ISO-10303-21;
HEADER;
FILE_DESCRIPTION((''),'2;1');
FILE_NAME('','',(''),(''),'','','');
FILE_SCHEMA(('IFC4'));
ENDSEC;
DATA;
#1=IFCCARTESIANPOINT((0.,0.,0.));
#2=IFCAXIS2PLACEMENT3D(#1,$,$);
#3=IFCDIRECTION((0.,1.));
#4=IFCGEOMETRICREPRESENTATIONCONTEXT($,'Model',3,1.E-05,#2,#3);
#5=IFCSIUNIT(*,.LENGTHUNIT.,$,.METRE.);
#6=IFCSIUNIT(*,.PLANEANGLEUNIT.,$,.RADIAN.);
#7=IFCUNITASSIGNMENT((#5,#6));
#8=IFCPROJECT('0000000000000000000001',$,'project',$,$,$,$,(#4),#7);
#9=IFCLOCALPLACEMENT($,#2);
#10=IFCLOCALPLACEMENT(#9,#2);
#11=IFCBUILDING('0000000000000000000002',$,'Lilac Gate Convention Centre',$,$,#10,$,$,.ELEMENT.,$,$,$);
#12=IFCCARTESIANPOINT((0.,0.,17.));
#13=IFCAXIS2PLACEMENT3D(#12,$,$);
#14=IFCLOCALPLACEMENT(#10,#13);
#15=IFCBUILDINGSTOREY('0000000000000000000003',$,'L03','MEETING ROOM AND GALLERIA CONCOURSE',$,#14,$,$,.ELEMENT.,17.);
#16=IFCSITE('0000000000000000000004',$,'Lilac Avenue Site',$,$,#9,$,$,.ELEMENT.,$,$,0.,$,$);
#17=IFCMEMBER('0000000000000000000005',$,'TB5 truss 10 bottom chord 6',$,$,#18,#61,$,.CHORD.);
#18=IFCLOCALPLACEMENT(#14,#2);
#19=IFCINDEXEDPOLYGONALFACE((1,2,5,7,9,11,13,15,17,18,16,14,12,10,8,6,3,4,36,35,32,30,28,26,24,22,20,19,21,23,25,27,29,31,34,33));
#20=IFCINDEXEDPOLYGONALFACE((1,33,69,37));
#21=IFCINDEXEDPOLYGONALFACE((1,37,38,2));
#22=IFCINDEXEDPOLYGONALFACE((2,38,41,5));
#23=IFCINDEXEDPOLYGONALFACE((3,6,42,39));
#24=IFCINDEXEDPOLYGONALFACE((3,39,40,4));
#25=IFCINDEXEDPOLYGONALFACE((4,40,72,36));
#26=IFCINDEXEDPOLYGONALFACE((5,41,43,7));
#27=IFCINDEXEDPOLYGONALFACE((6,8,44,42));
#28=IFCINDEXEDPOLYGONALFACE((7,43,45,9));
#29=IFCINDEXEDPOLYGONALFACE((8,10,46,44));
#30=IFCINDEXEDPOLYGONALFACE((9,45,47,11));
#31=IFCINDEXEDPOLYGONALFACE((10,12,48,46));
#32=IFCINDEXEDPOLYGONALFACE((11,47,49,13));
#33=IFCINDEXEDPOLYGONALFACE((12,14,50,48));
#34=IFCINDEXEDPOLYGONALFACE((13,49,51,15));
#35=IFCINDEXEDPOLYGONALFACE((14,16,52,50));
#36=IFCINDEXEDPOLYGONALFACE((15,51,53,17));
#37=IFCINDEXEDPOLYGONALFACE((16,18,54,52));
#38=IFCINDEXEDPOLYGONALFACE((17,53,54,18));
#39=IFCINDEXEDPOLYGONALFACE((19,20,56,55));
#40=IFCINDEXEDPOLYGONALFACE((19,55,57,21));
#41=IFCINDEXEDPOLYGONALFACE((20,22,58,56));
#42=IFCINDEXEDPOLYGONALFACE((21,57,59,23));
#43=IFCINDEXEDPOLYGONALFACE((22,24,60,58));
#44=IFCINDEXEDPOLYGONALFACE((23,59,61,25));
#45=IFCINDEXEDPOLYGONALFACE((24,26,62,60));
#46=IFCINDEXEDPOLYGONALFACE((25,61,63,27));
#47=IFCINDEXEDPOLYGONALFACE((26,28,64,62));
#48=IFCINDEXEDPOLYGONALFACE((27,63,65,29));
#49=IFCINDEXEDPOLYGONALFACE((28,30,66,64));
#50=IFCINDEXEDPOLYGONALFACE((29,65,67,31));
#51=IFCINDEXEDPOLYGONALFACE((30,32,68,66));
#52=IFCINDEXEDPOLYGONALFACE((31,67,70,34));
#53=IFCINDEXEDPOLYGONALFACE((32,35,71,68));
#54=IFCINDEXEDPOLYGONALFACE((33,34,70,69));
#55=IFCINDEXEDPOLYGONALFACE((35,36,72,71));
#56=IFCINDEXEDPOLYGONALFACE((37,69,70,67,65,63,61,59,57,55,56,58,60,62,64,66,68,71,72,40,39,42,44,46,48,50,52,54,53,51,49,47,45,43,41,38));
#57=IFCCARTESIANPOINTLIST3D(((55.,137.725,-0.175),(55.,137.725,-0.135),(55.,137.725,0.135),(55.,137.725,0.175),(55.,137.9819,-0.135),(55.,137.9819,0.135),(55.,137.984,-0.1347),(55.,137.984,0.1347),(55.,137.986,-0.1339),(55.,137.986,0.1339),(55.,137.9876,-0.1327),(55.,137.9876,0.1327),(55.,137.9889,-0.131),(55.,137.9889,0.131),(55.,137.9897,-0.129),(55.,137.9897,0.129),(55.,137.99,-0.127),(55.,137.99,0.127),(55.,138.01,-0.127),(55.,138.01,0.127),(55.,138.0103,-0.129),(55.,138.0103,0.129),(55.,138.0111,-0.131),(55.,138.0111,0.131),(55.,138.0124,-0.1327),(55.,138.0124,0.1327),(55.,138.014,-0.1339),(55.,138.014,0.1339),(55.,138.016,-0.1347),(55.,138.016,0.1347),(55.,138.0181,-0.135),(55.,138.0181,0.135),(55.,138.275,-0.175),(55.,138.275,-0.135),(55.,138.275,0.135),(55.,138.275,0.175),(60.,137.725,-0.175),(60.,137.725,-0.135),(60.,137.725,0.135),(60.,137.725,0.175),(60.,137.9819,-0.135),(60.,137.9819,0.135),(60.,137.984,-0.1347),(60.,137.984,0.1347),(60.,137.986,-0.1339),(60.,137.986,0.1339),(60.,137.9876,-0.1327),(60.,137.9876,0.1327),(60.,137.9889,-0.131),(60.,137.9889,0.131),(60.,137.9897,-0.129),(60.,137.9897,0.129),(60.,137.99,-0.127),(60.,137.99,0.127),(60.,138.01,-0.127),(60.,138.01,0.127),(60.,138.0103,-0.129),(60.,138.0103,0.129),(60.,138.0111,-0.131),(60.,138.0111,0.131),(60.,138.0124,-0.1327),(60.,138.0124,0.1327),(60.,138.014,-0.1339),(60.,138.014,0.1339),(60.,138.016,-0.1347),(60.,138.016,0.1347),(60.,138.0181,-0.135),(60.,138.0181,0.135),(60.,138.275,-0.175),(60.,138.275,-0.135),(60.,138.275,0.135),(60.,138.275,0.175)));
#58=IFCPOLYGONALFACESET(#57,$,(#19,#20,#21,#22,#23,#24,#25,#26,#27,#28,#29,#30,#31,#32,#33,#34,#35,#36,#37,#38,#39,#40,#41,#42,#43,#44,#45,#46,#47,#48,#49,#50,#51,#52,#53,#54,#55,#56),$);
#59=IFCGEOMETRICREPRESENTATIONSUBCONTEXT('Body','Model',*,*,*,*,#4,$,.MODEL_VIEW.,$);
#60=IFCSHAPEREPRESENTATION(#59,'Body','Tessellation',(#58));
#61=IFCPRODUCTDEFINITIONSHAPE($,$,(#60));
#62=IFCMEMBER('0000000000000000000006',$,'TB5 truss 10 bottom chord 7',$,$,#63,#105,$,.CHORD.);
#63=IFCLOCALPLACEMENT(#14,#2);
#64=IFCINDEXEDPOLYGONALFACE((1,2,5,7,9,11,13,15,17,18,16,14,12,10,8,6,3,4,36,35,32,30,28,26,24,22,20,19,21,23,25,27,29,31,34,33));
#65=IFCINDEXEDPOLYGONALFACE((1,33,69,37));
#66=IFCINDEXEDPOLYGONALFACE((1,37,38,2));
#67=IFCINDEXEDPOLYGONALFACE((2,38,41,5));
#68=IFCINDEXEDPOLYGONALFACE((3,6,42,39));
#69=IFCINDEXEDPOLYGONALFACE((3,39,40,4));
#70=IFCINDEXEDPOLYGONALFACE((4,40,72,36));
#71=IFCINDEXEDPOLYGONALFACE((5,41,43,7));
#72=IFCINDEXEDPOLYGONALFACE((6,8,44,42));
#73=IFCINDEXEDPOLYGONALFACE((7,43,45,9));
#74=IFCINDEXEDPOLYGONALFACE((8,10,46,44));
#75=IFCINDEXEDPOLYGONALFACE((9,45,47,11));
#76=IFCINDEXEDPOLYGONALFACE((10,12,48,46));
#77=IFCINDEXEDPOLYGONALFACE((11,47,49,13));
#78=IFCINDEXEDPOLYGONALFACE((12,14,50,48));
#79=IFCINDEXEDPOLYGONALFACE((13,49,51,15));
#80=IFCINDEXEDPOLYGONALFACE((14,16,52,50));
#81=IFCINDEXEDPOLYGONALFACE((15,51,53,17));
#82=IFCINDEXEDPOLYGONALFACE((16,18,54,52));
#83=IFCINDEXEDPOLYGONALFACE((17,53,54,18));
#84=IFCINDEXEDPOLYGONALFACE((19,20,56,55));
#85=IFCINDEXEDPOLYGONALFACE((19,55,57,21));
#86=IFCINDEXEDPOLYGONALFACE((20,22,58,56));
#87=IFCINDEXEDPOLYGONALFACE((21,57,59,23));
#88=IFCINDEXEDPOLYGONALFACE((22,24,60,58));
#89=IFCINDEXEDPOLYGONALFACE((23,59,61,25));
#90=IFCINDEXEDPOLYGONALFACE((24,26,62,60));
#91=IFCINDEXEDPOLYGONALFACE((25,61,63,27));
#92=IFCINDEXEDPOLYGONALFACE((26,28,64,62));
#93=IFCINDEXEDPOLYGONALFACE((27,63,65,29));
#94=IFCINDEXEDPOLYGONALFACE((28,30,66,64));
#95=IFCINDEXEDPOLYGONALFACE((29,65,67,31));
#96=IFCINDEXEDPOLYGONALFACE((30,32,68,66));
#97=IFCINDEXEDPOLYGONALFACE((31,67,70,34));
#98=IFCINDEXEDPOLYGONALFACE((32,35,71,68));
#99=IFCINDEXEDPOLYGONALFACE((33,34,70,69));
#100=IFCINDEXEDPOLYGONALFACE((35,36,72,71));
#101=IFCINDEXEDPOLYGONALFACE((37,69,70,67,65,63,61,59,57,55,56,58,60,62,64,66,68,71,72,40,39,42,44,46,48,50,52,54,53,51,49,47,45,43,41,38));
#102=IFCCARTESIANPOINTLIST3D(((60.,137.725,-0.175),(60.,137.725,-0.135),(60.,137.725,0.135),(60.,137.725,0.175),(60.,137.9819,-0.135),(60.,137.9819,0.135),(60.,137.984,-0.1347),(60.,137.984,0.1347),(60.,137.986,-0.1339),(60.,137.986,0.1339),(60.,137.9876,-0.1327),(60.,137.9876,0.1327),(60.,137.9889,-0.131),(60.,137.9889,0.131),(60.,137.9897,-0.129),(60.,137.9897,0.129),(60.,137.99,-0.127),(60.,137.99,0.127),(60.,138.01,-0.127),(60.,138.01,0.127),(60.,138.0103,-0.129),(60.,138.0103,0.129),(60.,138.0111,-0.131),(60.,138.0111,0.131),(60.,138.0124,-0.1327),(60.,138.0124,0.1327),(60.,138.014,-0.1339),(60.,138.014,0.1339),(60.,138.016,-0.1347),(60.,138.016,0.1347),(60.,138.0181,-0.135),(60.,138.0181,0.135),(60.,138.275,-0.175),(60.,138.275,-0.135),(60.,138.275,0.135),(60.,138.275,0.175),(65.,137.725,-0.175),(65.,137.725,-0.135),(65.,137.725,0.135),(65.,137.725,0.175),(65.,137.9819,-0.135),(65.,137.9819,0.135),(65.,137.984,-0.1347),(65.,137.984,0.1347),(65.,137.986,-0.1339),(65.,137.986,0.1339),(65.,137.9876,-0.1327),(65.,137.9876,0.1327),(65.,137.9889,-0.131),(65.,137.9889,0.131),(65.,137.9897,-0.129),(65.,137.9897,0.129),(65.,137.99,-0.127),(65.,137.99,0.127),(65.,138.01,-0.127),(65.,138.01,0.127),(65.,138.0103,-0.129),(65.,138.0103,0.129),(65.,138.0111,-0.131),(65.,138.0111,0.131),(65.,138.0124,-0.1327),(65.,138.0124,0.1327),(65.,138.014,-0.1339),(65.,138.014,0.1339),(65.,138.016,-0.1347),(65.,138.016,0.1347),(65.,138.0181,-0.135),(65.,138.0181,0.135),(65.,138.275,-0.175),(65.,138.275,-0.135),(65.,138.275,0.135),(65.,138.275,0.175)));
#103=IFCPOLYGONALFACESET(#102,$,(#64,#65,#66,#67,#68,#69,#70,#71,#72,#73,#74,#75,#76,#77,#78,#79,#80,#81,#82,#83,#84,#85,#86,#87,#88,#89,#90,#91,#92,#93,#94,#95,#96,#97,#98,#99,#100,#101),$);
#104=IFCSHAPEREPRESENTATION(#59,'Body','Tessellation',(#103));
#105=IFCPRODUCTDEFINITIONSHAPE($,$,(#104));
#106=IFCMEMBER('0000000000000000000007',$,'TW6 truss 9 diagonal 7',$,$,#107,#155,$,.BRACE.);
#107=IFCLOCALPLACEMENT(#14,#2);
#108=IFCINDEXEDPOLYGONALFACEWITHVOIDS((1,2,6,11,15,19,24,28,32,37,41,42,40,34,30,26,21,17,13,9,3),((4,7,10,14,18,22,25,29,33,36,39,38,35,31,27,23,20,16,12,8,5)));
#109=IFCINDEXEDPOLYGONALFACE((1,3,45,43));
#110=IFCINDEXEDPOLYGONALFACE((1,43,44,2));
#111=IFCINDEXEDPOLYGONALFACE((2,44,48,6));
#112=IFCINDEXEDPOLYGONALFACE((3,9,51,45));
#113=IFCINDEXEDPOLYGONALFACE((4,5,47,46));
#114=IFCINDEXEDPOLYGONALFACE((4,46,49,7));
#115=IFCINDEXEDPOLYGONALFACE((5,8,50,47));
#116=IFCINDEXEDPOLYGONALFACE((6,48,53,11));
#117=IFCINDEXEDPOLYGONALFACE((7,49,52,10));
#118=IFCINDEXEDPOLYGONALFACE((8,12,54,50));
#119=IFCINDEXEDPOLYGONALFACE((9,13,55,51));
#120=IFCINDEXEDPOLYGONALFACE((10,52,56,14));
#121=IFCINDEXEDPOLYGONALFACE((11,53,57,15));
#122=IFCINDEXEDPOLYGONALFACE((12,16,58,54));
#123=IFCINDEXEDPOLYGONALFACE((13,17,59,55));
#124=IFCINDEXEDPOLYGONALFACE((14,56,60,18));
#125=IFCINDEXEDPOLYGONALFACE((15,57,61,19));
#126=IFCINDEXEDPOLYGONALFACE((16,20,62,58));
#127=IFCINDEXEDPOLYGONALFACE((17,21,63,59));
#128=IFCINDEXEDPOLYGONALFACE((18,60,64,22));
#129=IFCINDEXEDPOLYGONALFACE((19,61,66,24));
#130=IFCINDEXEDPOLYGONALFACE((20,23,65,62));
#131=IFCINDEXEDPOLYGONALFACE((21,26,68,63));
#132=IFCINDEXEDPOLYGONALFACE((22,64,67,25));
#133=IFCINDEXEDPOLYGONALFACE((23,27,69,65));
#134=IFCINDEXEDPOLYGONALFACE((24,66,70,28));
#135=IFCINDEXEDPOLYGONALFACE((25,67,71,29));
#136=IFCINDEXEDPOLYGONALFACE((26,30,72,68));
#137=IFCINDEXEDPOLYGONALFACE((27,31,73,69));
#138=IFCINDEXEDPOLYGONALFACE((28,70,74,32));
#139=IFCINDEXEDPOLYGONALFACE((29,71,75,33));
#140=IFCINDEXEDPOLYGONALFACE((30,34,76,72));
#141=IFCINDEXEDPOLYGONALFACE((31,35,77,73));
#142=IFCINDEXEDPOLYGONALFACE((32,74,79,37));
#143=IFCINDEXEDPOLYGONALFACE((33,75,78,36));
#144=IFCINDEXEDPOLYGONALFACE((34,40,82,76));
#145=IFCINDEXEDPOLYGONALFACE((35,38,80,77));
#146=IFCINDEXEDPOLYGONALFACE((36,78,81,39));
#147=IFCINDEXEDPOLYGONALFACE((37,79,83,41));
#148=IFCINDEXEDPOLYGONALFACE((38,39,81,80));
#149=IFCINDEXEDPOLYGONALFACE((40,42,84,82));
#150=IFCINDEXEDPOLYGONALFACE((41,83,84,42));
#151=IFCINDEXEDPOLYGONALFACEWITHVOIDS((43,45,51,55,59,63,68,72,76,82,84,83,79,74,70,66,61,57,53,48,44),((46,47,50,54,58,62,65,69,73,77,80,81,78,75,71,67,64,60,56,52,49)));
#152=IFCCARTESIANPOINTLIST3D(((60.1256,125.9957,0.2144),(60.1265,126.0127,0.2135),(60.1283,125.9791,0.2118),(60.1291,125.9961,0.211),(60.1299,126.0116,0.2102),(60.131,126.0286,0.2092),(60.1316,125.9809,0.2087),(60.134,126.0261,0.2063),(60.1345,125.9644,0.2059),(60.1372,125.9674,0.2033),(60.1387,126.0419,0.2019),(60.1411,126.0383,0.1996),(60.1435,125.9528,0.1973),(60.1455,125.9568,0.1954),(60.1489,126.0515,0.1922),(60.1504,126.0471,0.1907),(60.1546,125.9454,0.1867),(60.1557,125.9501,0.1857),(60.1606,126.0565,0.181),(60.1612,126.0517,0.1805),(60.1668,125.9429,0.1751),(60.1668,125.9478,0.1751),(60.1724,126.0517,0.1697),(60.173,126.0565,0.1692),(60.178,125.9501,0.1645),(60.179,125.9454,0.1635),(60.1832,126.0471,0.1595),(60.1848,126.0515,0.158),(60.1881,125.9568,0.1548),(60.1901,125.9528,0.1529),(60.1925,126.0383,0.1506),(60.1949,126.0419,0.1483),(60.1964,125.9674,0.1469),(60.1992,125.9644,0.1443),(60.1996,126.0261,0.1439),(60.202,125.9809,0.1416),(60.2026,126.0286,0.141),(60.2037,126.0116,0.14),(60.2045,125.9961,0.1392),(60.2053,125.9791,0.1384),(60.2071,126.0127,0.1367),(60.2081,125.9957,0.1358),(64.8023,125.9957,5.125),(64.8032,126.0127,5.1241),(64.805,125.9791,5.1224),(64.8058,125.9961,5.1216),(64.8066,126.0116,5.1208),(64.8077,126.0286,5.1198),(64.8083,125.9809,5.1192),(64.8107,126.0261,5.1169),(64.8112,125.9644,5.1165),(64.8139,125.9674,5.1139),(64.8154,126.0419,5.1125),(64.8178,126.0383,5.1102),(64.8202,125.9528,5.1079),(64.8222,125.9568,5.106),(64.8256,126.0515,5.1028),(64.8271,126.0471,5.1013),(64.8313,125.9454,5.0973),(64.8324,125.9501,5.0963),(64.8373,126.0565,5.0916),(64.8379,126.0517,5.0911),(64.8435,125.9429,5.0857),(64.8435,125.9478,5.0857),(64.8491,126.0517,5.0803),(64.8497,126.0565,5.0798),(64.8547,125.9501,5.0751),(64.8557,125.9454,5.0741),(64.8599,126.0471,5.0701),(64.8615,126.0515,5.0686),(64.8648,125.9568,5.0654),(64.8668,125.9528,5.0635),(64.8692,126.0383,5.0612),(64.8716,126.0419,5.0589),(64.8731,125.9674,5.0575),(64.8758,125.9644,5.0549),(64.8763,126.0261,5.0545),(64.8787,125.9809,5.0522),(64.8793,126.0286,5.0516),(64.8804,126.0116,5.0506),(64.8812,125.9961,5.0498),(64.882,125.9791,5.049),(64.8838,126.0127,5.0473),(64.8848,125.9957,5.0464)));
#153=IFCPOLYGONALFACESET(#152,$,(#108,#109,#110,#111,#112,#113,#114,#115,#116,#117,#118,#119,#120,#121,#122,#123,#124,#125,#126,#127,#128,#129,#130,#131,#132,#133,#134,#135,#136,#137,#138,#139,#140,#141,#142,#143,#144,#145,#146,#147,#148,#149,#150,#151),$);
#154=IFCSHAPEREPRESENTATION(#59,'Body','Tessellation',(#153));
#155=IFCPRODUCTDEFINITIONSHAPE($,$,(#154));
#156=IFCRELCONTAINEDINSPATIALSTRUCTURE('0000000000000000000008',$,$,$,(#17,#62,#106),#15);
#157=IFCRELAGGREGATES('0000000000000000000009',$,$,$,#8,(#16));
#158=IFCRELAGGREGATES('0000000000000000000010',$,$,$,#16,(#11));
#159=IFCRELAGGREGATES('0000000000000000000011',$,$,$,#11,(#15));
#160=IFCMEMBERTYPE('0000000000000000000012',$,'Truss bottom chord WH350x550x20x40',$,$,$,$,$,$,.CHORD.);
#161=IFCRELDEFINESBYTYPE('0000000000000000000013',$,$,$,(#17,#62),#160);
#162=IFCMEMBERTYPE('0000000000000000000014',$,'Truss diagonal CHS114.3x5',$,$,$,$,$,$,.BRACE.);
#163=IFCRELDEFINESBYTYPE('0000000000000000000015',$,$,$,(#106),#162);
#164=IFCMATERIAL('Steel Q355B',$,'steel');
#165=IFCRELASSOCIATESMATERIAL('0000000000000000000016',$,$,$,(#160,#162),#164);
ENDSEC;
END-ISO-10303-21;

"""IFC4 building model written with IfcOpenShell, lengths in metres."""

from ifc_helpers import new_model, si_unit, direction, frame, origin, origin_2d, place, context, subcontext, project, spatial, hollow_circle, i_section, extrude, material, material_profile, profile_set, type_object, element, save


model = new_model("IFC4")

# Units and contexts
model_context = context("Model", 3, precision=1e-05, world=origin(), true_north=direction((0.0, 1.0)))
body_context = subcontext(model_context, "Body", "Model", "MODEL_VIEW")
ifc_project = project(units=[si_unit("LENGTHUNIT", "METRE"), si_unit("PLANEANGLEUNIT", "RADIAN")], contexts=[model_context])

# Site, building, storey
site_placement = place(None, origin())
site = spatial("IfcSite", under=ifc_project, at=site_placement, Name="Lilac Avenue Site", CompositionType="ELEMENT", RefElevation=0.0)
building_placement = place(site_placement, origin())
building = spatial("IfcBuilding", under=site, at=building_placement, Name="Lilac Gate Convention Centre", CompositionType="ELEMENT")
storey_placement = place(building_placement, frame((0.0, 0.0, 17.0)))
storey = spatial("IfcBuildingStorey", under=building, at=storey_placement, Name="L03", Description="MEETING ROOM AND GALLERIA CONCOURSE", CompositionType="ELEMENT", Elevation=17.0)

# Members
ifc_material = material(Name="Steel Q355B", Category="steel")
ifc_material_profile_1 = material_profile(ifc_material, i_section(OverallWidth=0.55, OverallDepth=0.3501, WebThickness=0.02, FlangeThickness=0.04, FilletRadius=0.0081, at=origin_2d()), Name="WH350x550x20x40")
ifc_profile_set_1 = profile_set([ifc_material_profile_1], Name="Steel Q355B")
member_type_1 = type_object("IfcMemberType", Name="Truss bottom chord WH350x550x20x40", PredefinedType="CHORD", material=ifc_profile_set_1)
for number, where, z_axis, x_axis, name in (
    (1, (55.0, 138.0, 0.0), (1.0, 0.0, 0.0), (0.0, 1.0, 0.0), "TB5 truss 10 bottom chord 6"),
    (2, (60.0, 138.0, 0.0), (1.0, 0.0, 0.0), (0.0, 1.0, 0.0), "TB5 truss 10 bottom chord 7"),
):
    element("IfcMember", number, at=place(storey_placement, frame(where, z_axis=z_axis, x_axis=x_axis)), inside=storey, type_object=member_type_1, Name=name, PredefinedType="CHORD", context=body_context, shape_type="SweptSolid", body=[
        extrude(i_section(OverallWidth=0.55, OverallDepth=0.3501, WebThickness=0.02, FlangeThickness=0.04, FilletRadius=0.0081, at=origin_2d()), origin(), (0.0, 0.0, 1.0), 5.0),
    ])
ifc_material_profile_2 = material_profile(ifc_material, hollow_circle(Radius=0.0571, WallThickness=0.0049, at=origin_2d()), Name="CHS114.3x5")
ifc_profile_set_2 = profile_set([ifc_material_profile_2], Name="Steel Q355B")
member_type_2 = type_object("IfcMemberType", Name="Truss diagonal CHS114.3x5", PredefinedType="BRACE", material=ifc_profile_set_2)
member_1_placement = place(storey_placement, frame((64.8435, 126.0, 5.0857), z_axis=(-0.689652, 0.0, -0.724141), x_axis=(0.0, -1.0, 0.0)))
element("IfcMember", 3, at=member_1_placement, inside=storey, type_object=member_type_2, Name="TW6 truss 9 diagonal 7", PredefinedType="BRACE", context=body_context, shape_type="SweptSolid", body=[
    extrude(hollow_circle(Radius=0.0571, WallThickness=0.0049, at=origin_2d()), origin(), (0.0, 0.0, 1.0), 6.7812),
])

save(model, "model.ifc")
